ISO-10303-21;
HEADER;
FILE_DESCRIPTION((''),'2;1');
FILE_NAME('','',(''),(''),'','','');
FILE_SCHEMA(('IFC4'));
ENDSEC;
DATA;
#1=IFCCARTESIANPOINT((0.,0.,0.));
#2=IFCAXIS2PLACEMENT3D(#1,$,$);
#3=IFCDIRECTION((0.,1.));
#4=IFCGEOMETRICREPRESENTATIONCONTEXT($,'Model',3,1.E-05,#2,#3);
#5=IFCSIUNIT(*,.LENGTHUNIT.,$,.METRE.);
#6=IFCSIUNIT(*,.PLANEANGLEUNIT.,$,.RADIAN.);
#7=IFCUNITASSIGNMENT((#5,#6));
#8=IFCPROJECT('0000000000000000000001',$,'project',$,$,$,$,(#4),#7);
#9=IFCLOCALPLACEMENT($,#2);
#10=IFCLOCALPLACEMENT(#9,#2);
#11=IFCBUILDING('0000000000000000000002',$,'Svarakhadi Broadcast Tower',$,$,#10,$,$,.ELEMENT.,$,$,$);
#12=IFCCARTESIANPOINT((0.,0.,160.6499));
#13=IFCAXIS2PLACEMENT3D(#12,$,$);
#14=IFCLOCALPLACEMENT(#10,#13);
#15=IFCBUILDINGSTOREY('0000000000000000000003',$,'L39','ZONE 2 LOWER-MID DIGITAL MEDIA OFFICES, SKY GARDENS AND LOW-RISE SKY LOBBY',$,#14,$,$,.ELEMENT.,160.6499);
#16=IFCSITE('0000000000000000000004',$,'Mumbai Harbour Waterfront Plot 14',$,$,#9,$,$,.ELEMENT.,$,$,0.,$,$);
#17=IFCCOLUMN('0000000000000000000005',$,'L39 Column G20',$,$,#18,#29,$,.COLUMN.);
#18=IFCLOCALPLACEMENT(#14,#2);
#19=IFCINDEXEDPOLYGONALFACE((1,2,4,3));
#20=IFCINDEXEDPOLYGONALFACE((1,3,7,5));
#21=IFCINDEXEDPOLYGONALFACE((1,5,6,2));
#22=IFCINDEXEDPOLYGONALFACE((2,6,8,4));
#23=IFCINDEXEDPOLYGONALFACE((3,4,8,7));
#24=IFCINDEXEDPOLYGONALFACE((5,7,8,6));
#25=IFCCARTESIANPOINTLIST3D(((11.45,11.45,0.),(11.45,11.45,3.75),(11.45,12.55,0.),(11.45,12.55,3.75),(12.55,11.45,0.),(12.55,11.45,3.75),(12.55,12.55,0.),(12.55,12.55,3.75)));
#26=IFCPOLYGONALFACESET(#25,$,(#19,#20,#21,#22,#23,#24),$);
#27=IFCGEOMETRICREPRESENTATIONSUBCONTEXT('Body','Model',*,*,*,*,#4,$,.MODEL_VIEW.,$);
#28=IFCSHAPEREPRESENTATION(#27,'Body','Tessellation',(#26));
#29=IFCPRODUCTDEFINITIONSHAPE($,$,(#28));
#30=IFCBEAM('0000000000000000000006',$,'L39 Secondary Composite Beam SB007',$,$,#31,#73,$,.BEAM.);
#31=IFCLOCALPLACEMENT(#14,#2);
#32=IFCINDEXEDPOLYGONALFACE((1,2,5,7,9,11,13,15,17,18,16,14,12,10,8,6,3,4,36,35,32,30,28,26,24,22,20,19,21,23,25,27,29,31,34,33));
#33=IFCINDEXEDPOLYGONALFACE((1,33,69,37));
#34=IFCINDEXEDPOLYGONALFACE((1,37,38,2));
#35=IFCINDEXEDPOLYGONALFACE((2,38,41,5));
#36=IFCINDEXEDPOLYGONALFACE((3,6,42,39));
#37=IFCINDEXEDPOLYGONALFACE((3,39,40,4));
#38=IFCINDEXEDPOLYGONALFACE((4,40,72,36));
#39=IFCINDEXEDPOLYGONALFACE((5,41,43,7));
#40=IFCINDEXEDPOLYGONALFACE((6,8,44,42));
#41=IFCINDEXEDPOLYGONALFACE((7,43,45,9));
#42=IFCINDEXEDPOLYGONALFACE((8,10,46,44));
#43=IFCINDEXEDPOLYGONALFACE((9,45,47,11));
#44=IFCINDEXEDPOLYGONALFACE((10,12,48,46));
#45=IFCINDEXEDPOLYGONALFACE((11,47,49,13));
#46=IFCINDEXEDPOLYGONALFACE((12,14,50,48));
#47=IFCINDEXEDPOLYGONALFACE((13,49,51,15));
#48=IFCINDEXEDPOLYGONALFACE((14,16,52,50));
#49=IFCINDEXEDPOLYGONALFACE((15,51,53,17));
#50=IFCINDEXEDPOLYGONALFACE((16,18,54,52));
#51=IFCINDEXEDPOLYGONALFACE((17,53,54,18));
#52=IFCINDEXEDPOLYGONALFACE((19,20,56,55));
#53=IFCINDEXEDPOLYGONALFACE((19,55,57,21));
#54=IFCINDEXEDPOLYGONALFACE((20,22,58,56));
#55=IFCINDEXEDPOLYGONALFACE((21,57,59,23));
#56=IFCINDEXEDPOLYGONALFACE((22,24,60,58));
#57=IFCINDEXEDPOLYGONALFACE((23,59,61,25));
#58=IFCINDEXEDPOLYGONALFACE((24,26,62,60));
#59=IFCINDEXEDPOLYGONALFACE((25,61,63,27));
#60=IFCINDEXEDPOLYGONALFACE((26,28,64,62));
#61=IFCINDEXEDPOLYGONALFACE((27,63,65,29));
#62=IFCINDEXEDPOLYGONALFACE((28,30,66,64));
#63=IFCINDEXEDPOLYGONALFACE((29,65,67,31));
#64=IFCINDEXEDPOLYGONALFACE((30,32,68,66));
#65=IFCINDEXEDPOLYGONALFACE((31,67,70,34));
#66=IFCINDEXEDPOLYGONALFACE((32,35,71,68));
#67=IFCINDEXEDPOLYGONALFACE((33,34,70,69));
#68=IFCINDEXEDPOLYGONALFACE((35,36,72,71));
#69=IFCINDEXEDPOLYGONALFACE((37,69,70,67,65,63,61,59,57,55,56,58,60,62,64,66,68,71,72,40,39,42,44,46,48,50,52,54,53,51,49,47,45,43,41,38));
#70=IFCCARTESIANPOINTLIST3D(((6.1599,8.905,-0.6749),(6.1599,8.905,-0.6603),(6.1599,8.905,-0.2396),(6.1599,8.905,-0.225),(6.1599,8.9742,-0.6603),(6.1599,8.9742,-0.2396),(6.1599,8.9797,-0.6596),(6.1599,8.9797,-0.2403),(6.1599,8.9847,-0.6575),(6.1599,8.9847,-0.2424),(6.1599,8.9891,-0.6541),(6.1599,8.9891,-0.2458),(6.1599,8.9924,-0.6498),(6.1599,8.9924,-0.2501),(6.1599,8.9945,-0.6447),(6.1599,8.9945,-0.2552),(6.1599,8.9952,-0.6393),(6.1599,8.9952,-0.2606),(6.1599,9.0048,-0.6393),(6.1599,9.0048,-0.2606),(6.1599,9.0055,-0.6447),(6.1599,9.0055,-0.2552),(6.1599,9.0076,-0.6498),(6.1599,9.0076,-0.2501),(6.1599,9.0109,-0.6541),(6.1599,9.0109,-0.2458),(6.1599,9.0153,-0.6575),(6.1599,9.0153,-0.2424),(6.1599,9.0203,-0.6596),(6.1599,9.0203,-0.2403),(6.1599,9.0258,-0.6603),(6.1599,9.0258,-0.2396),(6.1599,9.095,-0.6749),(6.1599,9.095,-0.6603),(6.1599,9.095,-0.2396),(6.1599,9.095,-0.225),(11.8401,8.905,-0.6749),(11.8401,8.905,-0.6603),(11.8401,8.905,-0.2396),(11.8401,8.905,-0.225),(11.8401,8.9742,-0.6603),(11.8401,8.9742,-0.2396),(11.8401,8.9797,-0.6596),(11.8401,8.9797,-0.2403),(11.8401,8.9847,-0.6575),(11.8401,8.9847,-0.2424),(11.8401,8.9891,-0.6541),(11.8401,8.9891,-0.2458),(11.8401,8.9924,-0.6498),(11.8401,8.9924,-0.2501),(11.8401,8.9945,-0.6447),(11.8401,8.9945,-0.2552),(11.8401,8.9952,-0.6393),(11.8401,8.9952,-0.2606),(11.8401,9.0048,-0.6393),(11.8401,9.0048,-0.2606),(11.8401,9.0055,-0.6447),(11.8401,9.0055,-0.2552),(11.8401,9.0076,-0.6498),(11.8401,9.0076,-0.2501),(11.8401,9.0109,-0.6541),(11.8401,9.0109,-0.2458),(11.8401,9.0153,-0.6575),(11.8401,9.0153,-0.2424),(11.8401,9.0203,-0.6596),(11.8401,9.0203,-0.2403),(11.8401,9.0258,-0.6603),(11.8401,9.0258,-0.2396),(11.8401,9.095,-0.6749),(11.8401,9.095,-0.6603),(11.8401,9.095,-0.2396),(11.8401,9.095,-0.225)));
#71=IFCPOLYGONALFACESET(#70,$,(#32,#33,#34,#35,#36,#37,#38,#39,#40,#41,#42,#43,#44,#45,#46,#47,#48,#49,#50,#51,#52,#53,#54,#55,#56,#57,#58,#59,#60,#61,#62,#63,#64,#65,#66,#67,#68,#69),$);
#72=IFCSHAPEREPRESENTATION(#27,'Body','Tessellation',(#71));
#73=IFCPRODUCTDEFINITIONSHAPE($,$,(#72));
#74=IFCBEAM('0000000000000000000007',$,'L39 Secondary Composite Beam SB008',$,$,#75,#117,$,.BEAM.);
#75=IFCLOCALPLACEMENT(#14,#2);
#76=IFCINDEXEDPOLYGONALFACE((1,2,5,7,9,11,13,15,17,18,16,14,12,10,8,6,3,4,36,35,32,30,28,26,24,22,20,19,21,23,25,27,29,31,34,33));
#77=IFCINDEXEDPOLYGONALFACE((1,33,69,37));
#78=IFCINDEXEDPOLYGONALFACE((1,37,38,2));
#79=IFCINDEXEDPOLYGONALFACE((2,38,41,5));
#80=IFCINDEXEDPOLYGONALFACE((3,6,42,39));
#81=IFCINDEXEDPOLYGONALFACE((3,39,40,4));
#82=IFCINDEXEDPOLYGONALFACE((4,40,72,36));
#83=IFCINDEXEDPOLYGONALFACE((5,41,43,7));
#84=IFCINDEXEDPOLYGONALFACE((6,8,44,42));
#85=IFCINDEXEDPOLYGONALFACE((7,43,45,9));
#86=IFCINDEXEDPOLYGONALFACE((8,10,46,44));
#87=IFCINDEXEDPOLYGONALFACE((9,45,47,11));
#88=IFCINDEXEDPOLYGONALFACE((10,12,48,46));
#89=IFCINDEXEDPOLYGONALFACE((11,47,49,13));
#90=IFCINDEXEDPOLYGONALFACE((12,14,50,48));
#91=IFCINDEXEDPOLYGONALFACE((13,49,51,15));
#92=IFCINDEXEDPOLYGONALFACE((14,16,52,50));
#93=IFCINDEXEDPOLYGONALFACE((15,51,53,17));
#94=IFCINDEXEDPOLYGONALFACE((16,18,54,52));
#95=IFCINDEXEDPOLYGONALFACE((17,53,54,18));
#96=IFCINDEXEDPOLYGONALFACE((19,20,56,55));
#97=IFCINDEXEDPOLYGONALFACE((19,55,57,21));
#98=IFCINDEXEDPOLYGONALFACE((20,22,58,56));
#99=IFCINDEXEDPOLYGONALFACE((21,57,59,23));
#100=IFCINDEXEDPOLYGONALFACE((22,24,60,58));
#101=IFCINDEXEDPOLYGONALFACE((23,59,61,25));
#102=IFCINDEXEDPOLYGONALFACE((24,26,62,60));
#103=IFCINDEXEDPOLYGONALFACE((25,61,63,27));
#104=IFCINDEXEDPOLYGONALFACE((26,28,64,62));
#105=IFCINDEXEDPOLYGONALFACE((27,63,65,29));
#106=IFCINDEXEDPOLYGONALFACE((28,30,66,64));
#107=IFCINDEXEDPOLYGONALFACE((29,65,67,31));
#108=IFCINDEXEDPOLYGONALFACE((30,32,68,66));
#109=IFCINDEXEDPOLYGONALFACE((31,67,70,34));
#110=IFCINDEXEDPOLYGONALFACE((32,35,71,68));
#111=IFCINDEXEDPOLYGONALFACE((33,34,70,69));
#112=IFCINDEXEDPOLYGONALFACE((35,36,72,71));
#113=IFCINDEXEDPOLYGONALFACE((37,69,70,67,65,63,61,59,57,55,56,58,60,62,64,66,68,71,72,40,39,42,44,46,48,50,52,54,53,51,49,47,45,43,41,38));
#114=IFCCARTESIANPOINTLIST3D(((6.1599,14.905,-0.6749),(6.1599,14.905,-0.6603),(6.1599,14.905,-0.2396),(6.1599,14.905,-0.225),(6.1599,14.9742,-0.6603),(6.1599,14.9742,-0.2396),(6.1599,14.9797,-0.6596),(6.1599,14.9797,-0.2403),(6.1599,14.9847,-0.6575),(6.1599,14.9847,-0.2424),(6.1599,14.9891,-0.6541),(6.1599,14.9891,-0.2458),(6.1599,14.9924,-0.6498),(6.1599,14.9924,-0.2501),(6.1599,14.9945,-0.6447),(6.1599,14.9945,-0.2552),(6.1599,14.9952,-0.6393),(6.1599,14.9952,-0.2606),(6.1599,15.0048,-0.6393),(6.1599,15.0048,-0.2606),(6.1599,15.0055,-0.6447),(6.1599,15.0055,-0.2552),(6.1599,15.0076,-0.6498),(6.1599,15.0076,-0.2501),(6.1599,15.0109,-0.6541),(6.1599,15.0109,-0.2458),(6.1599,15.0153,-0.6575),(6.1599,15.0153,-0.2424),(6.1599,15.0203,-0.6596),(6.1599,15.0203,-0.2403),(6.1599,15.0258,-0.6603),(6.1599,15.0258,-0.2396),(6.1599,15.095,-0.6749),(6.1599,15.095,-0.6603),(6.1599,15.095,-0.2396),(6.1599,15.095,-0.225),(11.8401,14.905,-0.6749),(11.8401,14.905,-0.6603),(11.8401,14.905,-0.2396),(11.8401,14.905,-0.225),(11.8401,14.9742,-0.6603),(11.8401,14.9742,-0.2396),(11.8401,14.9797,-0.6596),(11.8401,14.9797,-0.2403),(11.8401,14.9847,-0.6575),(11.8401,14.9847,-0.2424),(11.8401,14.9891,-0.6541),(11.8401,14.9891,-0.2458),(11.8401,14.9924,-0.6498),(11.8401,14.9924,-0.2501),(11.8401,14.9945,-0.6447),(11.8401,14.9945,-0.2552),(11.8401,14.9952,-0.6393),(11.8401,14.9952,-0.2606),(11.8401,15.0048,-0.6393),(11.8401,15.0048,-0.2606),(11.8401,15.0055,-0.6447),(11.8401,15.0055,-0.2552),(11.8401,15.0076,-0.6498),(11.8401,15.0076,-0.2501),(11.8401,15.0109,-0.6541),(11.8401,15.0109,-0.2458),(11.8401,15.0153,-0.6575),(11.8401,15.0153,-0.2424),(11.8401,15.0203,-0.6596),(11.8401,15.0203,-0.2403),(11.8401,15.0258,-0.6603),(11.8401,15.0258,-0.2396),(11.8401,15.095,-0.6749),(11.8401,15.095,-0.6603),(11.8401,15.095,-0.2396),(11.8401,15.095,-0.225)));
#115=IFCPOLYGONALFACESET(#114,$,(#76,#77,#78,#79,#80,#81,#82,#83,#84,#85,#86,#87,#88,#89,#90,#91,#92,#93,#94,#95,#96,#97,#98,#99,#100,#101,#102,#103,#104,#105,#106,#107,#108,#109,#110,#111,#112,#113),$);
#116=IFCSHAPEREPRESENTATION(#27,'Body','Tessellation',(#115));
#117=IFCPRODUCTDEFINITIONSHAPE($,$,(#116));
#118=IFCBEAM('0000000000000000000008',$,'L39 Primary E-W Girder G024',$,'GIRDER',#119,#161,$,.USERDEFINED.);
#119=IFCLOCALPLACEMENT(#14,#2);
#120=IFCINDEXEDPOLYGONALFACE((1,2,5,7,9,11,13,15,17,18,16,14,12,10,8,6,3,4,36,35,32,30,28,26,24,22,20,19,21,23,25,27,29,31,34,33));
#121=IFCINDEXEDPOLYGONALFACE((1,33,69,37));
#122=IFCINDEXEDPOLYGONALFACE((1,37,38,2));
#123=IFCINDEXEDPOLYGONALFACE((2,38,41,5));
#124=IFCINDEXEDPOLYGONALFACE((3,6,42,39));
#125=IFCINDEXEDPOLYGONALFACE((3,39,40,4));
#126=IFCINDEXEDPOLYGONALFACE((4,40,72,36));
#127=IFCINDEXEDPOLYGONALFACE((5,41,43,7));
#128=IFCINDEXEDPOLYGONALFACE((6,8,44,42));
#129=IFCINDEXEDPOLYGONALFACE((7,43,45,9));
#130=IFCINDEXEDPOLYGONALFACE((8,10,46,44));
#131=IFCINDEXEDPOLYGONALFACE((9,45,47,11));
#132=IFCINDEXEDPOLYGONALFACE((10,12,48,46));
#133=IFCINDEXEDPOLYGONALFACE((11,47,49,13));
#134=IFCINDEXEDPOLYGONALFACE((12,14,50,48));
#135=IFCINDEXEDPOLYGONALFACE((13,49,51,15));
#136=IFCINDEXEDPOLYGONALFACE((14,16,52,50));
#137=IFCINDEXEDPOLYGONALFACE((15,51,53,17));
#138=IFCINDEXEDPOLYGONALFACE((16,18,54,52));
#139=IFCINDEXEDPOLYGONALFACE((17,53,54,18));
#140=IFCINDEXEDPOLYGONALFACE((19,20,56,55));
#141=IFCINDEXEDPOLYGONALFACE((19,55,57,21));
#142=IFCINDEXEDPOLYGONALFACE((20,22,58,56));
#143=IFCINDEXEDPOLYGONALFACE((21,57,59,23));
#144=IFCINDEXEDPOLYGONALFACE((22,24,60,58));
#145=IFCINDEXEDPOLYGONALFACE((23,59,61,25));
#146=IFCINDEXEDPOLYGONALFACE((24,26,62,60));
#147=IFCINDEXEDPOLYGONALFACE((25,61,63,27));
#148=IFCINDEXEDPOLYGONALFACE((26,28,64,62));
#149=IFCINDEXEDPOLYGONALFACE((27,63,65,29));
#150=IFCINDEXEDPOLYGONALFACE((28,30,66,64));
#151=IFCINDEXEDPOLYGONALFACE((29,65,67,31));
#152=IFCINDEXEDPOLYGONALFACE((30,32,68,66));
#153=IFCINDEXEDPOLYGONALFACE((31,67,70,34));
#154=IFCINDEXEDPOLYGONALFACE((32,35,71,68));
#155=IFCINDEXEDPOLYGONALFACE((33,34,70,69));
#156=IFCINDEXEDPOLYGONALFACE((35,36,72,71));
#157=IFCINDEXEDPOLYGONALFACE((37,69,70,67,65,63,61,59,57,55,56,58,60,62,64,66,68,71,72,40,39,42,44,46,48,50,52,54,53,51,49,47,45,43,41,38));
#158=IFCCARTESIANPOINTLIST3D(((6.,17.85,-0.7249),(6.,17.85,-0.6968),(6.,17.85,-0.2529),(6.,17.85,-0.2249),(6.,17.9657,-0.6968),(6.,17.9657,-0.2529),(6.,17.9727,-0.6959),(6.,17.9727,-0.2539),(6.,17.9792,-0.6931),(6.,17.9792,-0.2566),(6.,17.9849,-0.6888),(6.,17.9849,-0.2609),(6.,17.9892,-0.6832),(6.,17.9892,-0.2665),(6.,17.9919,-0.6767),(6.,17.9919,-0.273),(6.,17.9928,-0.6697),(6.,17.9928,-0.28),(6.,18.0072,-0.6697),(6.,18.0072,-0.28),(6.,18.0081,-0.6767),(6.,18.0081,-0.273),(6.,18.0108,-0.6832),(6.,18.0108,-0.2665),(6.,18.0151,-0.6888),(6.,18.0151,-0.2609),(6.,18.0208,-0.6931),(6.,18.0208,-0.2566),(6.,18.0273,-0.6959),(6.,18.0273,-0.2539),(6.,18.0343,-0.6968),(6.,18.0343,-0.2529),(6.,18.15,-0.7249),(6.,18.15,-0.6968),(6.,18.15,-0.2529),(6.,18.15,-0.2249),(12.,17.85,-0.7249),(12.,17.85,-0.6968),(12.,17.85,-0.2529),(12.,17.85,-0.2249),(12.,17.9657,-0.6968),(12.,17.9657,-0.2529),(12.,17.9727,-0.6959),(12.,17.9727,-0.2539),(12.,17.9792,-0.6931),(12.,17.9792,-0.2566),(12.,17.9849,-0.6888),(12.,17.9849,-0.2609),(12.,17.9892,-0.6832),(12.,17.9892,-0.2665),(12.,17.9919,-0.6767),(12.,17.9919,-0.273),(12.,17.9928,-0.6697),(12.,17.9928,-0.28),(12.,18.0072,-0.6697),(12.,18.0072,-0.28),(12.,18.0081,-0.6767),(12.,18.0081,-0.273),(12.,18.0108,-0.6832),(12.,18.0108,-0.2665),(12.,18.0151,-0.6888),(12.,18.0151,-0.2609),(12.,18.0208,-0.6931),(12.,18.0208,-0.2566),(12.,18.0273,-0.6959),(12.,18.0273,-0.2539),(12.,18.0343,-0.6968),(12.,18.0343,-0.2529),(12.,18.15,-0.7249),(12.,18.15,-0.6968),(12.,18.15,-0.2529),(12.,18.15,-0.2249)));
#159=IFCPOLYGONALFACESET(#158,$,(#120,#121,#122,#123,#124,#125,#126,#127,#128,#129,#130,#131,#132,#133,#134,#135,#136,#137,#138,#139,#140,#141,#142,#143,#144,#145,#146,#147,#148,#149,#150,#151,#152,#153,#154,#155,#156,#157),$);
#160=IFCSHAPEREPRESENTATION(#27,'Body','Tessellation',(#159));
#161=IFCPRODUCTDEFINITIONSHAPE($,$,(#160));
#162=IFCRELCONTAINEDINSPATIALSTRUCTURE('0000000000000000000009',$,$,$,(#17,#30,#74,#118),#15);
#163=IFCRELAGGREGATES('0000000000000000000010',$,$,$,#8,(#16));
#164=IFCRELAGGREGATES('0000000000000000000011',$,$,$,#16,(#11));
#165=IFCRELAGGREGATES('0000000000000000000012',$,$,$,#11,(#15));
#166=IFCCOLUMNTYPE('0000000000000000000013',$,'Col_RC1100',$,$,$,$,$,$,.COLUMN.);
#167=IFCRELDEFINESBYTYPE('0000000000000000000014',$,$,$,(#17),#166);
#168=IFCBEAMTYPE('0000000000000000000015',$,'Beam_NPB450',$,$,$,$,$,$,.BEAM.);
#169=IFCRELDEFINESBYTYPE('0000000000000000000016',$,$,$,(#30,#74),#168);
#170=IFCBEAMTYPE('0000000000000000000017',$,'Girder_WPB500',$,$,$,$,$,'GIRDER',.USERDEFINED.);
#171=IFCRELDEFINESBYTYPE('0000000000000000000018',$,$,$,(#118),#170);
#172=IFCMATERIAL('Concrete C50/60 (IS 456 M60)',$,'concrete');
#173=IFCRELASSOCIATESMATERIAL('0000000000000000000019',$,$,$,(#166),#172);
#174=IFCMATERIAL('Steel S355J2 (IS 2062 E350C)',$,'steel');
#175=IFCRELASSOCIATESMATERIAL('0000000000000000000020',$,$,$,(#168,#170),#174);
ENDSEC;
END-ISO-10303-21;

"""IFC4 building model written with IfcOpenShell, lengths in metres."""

from ifc_helpers import new_model, si_unit, direction, frame, origin, origin_2d, place, context, subcontext, project, spatial, rectangle, i_section, extrude, material, material_profile, profile_set, type_object, element, save


model = new_model("IFC4")

# Units and contexts
model_context = context("Model", 3, precision=1e-05, world=origin(), true_north=direction((0.0, 1.0)))
body_context = subcontext(model_context, "Body", "Model", "MODEL_VIEW")
ifc_project = project(units=[si_unit("LENGTHUNIT", "METRE"), si_unit("PLANEANGLEUNIT", "RADIAN")], contexts=[model_context])

# Site, building, storey
site_placement = place(None, origin())
site = spatial("IfcSite", under=ifc_project, at=site_placement, Name="Mumbai Harbour Waterfront Plot 14", CompositionType="ELEMENT", RefElevation=0.0)
building_placement = place(site_placement, origin())
building = spatial("IfcBuilding", under=site, at=building_placement, Name="Svarakhadi Broadcast Tower", CompositionType="ELEMENT")
storey_placement = place(building_placement, frame((0.0, 0.0, 160.6499)))
storey = spatial("IfcBuildingStorey", under=building, at=storey_placement, Name="L39", Description="ZONE 2 LOWER-MID DIGITAL MEDIA OFFICES, SKY GARDENS AND LOW-RISE SKY LOBBY", CompositionType="ELEMENT", Elevation=160.6499)

# Column
ifc_material_1 = material(Name="Concrete C50/60 (IS 456 M60)", Category="concrete")
ifc_material_profile_1 = material_profile(ifc_material_1, rectangle(XDim=1.1001, YDim=1.1001, at=origin_2d()), Name="RC 1100x1100")
ifc_profile_set_1 = profile_set([ifc_material_profile_1], Name="Concrete C50/60 (IS 456 M60)")
column_type = type_object("IfcColumnType", Name="Col_RC1100", PredefinedType="COLUMN", material=ifc_profile_set_1)
column_placement = place(storey_placement, frame((12.0, 12.0, 0.0), z_axis=(0.0, 0.0, 1.0), x_axis=(1.0, 0.0, 0.0)))
element("IfcColumn", 1, at=column_placement, inside=storey, type_object=column_type, Name="L39 Column G20", PredefinedType="COLUMN", context=body_context, shape_type="SweptSolid", body=[
    extrude(rectangle(XDim=1.1001, YDim=1.1001, at=origin_2d()), origin(), (0.0, 0.0, 1.0), 3.75),
])

# Beams
ifc_material_2 = material(Name="Steel S355J2 (IS 2062 E350C)", Category="steel")
ifc_material_profile_2 = material_profile(ifc_material_2, i_section(OverallWidth=0.1899, OverallDepth=0.45, WebThickness=0.0095, FlangeThickness=0.0146, FilletRadius=0.021, at=origin_2d()), Name="NPB 450x190x78")
ifc_profile_set_2 = profile_set([ifc_material_profile_2], Name="Steel S355J2 (IS 2062 E350C)")
beam_type_1 = type_object("IfcBeamType", Name="Beam_NPB450", PredefinedType="BEAM", material=ifc_profile_set_2)
for number, where, z_axis, x_axis, name in (
    (2, (6.1599, 9.0, -0.45), (1.0, 0.0, 0.0), (0.0, 1.0, 0.0), "L39 Secondary Composite Beam SB007"),
    (3, (6.1599, 15.0, -0.45), (1.0, 0.0, 0.0), (0.0, 1.0, 0.0), "L39 Secondary Composite Beam SB008"),
):
    element("IfcBeam", number, at=place(storey_placement, frame(where, z_axis=z_axis, x_axis=x_axis)), inside=storey, type_object=beam_type_1, Name=name, PredefinedType="BEAM", context=body_context, shape_type="SweptSolid", body=[
        extrude(i_section(OverallWidth=0.1899, OverallDepth=0.45, WebThickness=0.0095, FlangeThickness=0.0146, FilletRadius=0.021, at=origin_2d()), origin(), (0.0, 0.0, 1.0), 5.6802),
    ])
ifc_material_profile_3 = material_profile(ifc_material_2, i_section(OverallWidth=0.3, OverallDepth=0.5, WebThickness=0.0144, FlangeThickness=0.0281, FilletRadius=0.0271, at=origin_2d()), Name="WPB 500x300x187")
ifc_profile_set_3 = profile_set([ifc_material_profile_3], Name="Steel S355J2 (IS 2062 E350C)")
beam_type_2 = type_object("IfcBeamType", Name="Girder_WPB500", ElementType="GIRDER", PredefinedType="USERDEFINED", material=ifc_profile_set_3)
beam_1_placement = place(storey_placement, frame((6.0, 18.0, -0.4749), z_axis=(1.0, 0.0, 0.0), x_axis=(0.0, 1.0, 0.0)))
element("IfcBeam", 4, at=beam_1_placement, inside=storey, type_object=beam_type_2, Name="L39 Primary E-W Girder G024", ObjectType="GIRDER", PredefinedType="USERDEFINED", context=body_context, shape_type="SweptSolid", body=[
    extrude(i_section(OverallWidth=0.3, OverallDepth=0.5, WebThickness=0.0144, FlangeThickness=0.0281, FilletRadius=0.0271, at=origin_2d()), origin(), (0.0, 0.0, 1.0), 6.0),
])

save(model, "model.ifc")
